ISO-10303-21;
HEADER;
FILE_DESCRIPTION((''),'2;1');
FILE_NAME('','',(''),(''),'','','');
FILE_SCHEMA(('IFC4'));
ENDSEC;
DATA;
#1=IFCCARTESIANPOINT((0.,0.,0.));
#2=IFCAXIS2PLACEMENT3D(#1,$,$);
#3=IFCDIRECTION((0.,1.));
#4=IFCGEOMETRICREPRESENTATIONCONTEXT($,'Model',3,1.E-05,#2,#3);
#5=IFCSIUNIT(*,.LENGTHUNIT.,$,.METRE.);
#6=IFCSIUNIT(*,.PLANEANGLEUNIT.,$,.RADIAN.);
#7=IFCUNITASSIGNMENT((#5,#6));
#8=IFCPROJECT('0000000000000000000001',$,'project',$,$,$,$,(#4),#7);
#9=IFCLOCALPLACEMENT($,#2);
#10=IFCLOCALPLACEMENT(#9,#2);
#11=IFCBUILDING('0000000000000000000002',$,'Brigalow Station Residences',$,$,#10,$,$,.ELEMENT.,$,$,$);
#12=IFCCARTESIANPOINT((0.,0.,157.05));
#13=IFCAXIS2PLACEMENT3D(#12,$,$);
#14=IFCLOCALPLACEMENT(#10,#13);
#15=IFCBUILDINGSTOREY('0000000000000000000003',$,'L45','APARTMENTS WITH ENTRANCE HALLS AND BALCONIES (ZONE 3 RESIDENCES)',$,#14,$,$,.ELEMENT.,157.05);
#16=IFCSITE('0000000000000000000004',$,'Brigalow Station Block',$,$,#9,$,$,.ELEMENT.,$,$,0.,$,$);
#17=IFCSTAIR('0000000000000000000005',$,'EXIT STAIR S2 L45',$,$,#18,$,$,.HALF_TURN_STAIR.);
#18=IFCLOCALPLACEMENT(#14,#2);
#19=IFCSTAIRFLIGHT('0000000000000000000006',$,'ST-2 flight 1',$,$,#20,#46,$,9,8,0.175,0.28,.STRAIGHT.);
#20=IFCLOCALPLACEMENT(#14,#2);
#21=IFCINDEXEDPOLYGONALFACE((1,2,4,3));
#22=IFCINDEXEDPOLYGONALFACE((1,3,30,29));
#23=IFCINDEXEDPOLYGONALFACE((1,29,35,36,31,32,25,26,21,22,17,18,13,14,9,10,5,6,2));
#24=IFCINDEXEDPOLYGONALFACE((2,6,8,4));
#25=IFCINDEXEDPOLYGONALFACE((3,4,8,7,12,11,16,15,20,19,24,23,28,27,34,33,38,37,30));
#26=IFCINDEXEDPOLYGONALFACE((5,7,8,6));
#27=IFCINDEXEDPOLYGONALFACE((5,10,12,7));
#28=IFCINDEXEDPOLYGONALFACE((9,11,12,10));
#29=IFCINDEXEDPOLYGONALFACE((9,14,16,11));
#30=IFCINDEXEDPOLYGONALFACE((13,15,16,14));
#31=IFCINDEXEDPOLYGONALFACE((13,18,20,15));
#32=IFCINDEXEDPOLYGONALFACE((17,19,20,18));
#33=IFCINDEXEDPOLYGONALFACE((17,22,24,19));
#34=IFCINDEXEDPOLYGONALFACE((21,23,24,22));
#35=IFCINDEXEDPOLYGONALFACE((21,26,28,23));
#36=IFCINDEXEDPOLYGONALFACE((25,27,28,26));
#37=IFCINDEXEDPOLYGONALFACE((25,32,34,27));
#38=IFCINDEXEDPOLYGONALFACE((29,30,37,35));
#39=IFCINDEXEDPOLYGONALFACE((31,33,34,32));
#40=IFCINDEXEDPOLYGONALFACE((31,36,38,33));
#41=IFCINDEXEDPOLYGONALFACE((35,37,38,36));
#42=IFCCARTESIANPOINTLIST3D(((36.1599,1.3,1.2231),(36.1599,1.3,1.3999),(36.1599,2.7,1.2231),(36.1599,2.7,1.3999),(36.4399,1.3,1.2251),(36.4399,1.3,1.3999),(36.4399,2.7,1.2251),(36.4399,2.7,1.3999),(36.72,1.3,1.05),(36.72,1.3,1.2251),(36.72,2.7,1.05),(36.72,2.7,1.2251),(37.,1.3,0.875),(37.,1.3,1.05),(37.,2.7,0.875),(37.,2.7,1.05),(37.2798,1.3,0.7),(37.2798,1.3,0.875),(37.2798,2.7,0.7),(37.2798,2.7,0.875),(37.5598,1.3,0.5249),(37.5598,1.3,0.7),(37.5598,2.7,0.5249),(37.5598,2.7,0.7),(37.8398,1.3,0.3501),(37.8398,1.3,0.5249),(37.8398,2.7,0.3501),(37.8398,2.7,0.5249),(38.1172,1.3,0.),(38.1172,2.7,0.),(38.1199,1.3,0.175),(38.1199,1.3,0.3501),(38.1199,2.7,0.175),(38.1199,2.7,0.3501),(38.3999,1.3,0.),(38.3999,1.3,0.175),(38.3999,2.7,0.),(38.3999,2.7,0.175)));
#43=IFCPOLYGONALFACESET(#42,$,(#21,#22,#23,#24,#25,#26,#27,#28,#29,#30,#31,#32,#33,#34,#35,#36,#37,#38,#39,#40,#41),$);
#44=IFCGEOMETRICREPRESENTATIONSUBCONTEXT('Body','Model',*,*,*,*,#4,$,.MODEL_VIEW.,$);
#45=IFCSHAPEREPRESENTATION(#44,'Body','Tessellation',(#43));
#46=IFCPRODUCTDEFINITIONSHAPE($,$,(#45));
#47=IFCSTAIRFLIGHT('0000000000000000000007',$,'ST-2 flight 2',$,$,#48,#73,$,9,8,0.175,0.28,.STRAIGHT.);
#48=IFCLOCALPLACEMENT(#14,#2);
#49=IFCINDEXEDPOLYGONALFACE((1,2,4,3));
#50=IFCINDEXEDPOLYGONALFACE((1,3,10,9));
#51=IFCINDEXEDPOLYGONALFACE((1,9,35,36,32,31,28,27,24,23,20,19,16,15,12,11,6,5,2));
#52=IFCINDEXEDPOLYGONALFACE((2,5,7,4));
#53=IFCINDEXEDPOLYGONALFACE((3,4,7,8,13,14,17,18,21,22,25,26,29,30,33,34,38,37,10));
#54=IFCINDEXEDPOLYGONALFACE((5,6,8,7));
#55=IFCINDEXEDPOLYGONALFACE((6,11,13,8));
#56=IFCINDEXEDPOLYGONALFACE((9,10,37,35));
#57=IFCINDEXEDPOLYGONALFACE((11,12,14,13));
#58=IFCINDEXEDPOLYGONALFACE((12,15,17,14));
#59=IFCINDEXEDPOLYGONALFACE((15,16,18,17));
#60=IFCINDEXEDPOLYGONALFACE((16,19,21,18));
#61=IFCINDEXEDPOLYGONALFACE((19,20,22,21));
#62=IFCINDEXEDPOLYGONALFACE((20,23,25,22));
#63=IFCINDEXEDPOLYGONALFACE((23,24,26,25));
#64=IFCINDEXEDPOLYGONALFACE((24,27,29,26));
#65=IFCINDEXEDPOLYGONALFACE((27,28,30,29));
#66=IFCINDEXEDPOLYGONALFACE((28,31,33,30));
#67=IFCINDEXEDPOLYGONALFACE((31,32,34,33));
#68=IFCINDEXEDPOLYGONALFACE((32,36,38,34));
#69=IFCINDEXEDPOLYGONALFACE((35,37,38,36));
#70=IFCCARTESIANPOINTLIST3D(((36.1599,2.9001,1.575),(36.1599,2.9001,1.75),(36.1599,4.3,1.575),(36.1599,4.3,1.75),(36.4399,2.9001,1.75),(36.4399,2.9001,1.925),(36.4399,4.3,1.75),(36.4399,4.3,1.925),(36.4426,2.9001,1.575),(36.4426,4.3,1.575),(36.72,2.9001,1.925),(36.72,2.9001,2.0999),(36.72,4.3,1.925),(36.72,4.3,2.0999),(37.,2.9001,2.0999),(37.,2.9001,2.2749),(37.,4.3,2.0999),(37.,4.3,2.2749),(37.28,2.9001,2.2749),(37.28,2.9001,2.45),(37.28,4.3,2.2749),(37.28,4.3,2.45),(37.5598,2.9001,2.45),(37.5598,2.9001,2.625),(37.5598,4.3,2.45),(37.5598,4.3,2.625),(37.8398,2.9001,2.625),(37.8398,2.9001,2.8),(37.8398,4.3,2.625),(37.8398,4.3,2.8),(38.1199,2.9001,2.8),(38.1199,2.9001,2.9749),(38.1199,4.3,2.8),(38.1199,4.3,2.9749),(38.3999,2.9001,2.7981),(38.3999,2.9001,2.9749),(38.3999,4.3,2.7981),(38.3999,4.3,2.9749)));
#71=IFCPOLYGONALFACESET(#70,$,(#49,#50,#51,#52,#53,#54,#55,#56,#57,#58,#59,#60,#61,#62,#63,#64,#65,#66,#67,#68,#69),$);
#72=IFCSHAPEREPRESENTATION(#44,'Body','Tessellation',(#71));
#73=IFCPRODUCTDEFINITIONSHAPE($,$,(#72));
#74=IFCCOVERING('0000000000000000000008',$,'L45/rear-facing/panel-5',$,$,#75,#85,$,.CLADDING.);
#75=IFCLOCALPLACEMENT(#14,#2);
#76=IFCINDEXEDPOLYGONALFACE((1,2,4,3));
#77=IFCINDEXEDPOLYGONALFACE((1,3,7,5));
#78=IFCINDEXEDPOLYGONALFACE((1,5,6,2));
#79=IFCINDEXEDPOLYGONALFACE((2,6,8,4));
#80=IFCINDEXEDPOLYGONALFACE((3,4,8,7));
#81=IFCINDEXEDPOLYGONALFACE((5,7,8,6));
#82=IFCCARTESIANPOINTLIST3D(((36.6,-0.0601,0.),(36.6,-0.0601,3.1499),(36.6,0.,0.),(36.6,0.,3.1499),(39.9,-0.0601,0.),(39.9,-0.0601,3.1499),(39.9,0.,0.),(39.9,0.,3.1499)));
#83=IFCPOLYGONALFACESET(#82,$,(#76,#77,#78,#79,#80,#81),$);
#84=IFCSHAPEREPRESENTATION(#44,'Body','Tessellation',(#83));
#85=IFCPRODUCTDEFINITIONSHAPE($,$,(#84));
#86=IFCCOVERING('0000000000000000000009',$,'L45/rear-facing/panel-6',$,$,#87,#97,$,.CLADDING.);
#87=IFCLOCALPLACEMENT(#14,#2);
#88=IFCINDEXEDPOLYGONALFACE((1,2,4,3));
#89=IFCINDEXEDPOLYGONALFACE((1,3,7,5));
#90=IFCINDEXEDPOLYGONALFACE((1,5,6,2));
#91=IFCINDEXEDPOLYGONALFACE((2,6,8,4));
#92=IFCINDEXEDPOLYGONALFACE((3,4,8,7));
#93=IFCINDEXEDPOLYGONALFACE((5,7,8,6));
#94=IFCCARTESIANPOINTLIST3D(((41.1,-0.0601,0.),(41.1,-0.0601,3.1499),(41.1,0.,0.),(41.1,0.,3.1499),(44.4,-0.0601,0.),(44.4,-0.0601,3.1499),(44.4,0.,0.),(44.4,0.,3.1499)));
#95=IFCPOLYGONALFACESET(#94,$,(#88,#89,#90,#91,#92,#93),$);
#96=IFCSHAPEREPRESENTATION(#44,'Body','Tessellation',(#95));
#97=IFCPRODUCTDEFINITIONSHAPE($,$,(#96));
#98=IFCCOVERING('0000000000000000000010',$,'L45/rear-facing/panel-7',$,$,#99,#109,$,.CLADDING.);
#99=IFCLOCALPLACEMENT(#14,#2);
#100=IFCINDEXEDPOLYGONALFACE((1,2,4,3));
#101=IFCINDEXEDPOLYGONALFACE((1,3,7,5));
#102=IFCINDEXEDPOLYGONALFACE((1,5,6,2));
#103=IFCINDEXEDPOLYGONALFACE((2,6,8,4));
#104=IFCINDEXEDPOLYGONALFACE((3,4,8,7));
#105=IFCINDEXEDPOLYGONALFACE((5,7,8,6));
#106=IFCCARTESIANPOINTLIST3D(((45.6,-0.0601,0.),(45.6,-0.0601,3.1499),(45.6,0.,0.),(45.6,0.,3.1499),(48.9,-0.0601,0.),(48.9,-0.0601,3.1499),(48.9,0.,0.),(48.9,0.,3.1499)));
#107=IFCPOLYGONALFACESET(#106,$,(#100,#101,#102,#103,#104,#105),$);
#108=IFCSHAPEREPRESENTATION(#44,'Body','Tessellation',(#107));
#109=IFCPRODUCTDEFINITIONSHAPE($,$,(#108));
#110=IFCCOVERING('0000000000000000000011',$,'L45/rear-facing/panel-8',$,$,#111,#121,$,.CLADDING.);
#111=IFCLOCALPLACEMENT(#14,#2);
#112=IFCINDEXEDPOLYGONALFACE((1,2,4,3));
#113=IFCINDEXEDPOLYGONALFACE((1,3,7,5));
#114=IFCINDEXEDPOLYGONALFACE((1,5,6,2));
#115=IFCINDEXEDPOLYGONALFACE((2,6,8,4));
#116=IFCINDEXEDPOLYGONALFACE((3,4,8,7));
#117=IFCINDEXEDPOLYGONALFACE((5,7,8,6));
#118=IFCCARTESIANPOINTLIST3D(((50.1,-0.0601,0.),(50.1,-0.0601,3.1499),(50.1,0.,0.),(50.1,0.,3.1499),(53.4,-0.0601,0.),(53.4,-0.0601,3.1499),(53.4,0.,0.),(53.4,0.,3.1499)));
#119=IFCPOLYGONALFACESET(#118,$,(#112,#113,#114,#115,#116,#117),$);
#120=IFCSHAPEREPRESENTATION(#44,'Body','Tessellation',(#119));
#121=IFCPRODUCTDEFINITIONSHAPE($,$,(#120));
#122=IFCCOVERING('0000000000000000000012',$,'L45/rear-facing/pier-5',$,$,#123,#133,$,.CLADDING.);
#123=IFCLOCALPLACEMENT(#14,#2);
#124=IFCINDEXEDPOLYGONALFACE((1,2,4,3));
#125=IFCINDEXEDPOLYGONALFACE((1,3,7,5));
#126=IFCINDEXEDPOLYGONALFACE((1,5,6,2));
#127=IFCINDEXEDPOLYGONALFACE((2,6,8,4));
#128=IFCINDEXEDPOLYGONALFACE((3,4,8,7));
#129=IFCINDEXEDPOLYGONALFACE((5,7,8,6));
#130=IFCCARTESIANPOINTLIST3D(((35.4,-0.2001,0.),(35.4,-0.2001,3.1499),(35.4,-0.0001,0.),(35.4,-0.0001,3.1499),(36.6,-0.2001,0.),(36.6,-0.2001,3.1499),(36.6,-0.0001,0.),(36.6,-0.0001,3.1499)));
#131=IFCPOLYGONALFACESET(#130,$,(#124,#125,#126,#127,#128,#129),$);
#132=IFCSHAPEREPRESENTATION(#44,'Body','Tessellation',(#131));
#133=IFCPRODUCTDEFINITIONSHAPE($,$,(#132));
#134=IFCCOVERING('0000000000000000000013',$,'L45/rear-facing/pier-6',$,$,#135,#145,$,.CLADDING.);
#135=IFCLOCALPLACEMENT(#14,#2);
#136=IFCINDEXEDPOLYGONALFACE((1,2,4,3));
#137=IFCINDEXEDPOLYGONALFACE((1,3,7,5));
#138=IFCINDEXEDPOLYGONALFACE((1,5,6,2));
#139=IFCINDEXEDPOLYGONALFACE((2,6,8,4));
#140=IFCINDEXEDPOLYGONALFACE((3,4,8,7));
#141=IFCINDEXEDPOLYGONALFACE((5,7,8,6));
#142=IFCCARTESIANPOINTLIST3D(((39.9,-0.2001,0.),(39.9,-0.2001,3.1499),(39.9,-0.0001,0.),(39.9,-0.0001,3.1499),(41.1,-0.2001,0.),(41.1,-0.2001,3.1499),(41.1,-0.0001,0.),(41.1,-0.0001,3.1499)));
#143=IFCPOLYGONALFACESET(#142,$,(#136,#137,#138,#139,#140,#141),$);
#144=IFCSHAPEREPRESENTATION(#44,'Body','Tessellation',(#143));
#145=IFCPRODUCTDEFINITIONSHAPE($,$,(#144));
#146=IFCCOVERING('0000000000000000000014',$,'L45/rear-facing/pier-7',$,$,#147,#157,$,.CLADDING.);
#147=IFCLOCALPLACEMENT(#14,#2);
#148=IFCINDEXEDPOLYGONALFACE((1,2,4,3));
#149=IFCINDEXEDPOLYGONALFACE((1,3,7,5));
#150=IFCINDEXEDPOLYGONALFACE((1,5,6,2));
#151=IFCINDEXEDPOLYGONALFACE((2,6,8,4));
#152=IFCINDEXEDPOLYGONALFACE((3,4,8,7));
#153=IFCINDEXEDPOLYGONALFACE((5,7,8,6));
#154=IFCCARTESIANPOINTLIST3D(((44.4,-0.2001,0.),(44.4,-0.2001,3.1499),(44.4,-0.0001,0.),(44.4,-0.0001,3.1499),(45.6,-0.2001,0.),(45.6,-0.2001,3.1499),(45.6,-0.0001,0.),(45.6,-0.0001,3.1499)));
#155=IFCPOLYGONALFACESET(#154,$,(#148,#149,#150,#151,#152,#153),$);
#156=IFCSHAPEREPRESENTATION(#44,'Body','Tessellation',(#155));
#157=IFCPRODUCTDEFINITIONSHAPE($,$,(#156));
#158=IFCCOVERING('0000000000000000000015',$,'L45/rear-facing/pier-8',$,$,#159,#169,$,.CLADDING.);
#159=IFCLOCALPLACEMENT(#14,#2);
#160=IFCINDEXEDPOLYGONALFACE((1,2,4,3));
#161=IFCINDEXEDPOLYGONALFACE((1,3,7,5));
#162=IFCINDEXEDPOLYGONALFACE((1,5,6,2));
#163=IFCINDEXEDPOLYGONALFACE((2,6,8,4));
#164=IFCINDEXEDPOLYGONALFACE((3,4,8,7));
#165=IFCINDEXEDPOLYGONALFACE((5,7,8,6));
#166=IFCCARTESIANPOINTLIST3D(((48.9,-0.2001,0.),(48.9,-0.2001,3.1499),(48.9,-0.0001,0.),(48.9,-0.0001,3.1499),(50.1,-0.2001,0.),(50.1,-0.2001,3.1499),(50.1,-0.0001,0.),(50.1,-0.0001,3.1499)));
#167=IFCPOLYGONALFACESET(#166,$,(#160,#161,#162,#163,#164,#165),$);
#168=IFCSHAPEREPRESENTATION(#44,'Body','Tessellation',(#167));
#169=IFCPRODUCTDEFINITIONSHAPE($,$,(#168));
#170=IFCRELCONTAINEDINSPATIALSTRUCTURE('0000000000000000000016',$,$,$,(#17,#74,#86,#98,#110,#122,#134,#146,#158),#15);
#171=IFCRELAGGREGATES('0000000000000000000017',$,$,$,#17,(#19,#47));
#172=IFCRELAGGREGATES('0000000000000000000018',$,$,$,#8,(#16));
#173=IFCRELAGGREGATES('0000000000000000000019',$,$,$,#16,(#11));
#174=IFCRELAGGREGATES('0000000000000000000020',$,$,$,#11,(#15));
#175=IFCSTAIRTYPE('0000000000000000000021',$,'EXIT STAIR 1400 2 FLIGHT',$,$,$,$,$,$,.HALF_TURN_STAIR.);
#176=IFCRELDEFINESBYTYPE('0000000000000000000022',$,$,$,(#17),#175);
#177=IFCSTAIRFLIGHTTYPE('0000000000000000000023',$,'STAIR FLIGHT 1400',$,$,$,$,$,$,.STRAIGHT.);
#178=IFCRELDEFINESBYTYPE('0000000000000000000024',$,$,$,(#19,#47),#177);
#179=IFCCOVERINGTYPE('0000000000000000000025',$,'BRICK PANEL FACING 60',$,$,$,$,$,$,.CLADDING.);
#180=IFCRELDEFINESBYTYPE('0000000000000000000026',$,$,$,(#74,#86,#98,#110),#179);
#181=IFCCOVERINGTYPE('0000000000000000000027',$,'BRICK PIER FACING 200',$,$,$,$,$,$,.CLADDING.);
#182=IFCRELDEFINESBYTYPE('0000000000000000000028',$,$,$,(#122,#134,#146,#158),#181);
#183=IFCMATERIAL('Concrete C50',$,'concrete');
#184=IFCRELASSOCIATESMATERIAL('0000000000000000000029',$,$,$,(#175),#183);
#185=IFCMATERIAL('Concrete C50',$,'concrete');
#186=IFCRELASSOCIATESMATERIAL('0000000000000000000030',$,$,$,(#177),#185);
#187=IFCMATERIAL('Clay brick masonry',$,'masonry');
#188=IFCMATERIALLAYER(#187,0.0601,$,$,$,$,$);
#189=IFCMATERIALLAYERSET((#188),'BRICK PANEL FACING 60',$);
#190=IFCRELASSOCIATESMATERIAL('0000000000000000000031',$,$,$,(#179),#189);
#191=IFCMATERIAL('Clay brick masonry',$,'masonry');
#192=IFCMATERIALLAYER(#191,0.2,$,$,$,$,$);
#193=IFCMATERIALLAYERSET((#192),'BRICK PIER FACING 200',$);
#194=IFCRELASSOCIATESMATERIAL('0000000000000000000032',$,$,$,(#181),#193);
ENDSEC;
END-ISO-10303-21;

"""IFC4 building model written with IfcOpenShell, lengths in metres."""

from ifc_helpers import new_model, si_unit, direction, frame, origin, origin_2d, place, context, subcontext, project, spatial, polyline, rectangle, outline, extrude, material, layer, layer_set, type_object, element, aggregate, save


model = new_model("IFC4")

# Units and contexts
model_context = context("Model", 3, precision=1e-05, world=origin(), true_north=direction((0.0, 1.0)))
body_context = subcontext(model_context, "Body", "Model", "MODEL_VIEW")
ifc_project = project(units=[si_unit("LENGTHUNIT", "METRE"), si_unit("PLANEANGLEUNIT", "RADIAN")], contexts=[model_context])

# Site, building, storey
site_placement = place(None, origin())
site = spatial("IfcSite", under=ifc_project, at=site_placement, Name="Brigalow Station Block", CompositionType="ELEMENT", RefElevation=0.0)
building_placement = place(site_placement, origin())
building = spatial("IfcBuilding", under=site, at=building_placement, Name="Brigalow Station Residences", CompositionType="ELEMENT")
storey_placement = place(building_placement, frame((0.0, 0.0, 157.05)))
storey = spatial("IfcBuildingStorey", under=building, at=storey_placement, Name="L45", Description="APARTMENTS WITH ENTRANCE HALLS AND BALCONIES (ZONE 3 RESIDENCES)", CompositionType="ELEMENT", Elevation=157.05)

# Stair, stair flights
ifc_material_1 = material(Name="Concrete C50", Category="concrete")
stair_type = type_object("IfcStairType", Name="EXIT STAIR 1400 2 FLIGHT", PredefinedType="HALF_TURN_STAIR", material=ifc_material_1)
stair_placement = place(storey_placement, origin())
stair = element("IfcStair", 1, at=stair_placement, inside=storey, type_object=stair_type, Name="EXIT STAIR S2 L45", PredefinedType="HALF_TURN_STAIR")
ifc_material_2 = material(Name="Concrete C50", Category="concrete")
stair_flight_type = type_object("IfcStairFlightType", Name="STAIR FLIGHT 1400", PredefinedType="STRAIGHT", material=ifc_material_2)
stair_flight_1_placement = place(storey_placement, frame((38.3999, 2.0, 0.0), z_axis=(0.0, 0.0, 1.0), x_axis=(-1.0, 0.0, 0.0)))
stair_flight_1 = element("IfcStairFlight", 2, at=stair_flight_1_placement, type_object=stair_flight_type, Name="ST-2 flight 1", NumberOfRisers=9, NumberOfTreads=8, PredefinedType="STRAIGHT", RiserHeight=0.175, TreadLength=0.28, context=body_context, shape_type="SweptSolid", body=[
    extrude(outline(polyline([(0.0, 0.0), (0.0, 0.175), (0.28, 0.175), (0.28, 0.3501), (0.5601, 0.3501), (0.5601, 0.5249), (0.8401, 0.5249), (0.8401, 0.7), (1.1201, 0.7), (1.1201, 0.875), (1.3999, 0.875), (1.3999, 1.05), (1.6799, 1.05), (1.6799, 1.2251), (1.96, 1.2251), (1.96, 1.3999), (2.24, 1.3999), (2.24, 1.575), (2.24, 1.2231), (0.2827, 0.0), (0.0, 0.0)])), frame((0.0, 0.7, 0.0), z_axis=(0.0, -1.0, 0.0), x_axis=(1.0, 0.0, 0.0)), (0.0, 0.0, 1.0), 1.3999),
])
stair_flight_2_placement = place(storey_placement, frame((36.1599, 3.6001, 1.575), z_axis=(0.0, 0.0, 1.0), x_axis=(1.0, 0.0, 0.0)))
stair_flight_2 = element("IfcStairFlight", 3, at=stair_flight_2_placement, type_object=stair_flight_type, Name="ST-2 flight 2", NumberOfRisers=9, NumberOfTreads=8, PredefinedType="STRAIGHT", RiserHeight=0.175, TreadLength=0.28, context=body_context, shape_type="SweptSolid", body=[
    extrude(outline(polyline([(0.0, 0.0), (0.0, 0.175), (0.28, 0.175), (0.28, 0.3501), (0.5601, 0.3501), (0.5601, 0.5249), (0.8401, 0.5249), (0.8401, 0.7), (1.1201, 0.7), (1.1201, 0.875), (1.3999, 0.875), (1.3999, 1.05), (1.6799, 1.05), (1.6799, 1.2251), (1.96, 1.2251), (1.96, 1.3999), (2.24, 1.3999), (2.24, 1.575), (2.24, 1.2231), (0.2827, 0.0), (0.0, 0.0)])), frame((0.0, 0.7, 0.0), z_axis=(0.0, -1.0, 0.0), x_axis=(1.0, 0.0, 0.0)), (0.0, 0.0, 1.0), 1.3999),
])
aggregate(stair, [stair_flight_1, stair_flight_2])

# Coverings
ifc_material_3 = material(Name="Clay brick masonry", Category="masonry")
ifc_layer_1 = layer(ifc_material_3, 0.0601)
ifc_layer_set_1 = layer_set([ifc_layer_1], Name="BRICK PANEL FACING 60")
covering_type_1 = type_object("IfcCoveringType", Name="BRICK PANEL FACING 60", PredefinedType="CLADDING", material=ifc_layer_set_1)
for number, where, z_axis, x_axis, name in (
    (4, (38.25, -0.03, 0.0), (0.0, 0.0, 1.0), (1.0, 0.0, 0.0), "L45/rear-facing/panel-5"),
    (5, (42.75, -0.03, 0.0), (0.0, 0.0, 1.0), (1.0, 0.0, 0.0), "L45/rear-facing/panel-6"),
    (6, (47.25, -0.03, 0.0), (0.0, 0.0, 1.0), (1.0, 0.0, 0.0), "L45/rear-facing/panel-7"),
    (7, (51.75, -0.03, 0.0), (0.0, 0.0, 1.0), (1.0, 0.0, 0.0), "L45/rear-facing/panel-8"),
):
    element("IfcCovering", number, at=place(storey_placement, frame(where, z_axis=z_axis, x_axis=x_axis)), inside=storey, type_object=covering_type_1, Name=name, PredefinedType="CLADDING", context=body_context, shape_type="SweptSolid", body=[
        extrude(rectangle(XDim=3.3, YDim=0.0601, at=origin_2d()), origin(), (0.0, 0.0, 1.0), 3.1499),
    ])
ifc_material_4 = material(Name="Clay brick masonry", Category="masonry")
ifc_layer_2 = layer(ifc_material_4, 0.2)
ifc_layer_set_2 = layer_set([ifc_layer_2], Name="BRICK PIER FACING 200")
covering_type_2 = type_object("IfcCoveringType", Name="BRICK PIER FACING 200", PredefinedType="CLADDING", material=ifc_layer_set_2)
for number, where, z_axis, x_axis, name in (
    (8, (36.0, -0.1001, 0.0), (0.0, 0.0, 1.0), (1.0, 0.0, 0.0), "L45/rear-facing/pier-5"),
    (9, (40.5, -0.1001, 0.0), (0.0, 0.0, 1.0), (1.0, 0.0, 0.0), "L45/rear-facing/pier-6"),
    (10, (45.0, -0.1001, 0.0), (0.0, 0.0, 1.0), (1.0, 0.0, 0.0), "L45/rear-facing/pier-7"),
    (11, (49.5, -0.1001, 0.0), (0.0, 0.0, 1.0), (1.0, 0.0, 0.0), "L45/rear-facing/pier-8"),
):
    element("IfcCovering", number, at=place(storey_placement, frame(where, z_axis=z_axis, x_axis=x_axis)), inside=storey, type_object=covering_type_2, Name=name, PredefinedType="CLADDING", context=body_context, shape_type="SweptSolid", body=[
        extrude(rectangle(XDim=1.2, YDim=0.2, at=origin_2d()), origin(), (0.0, 0.0, 1.0), 3.1499),
    ])

save(model, "model.ifc")
